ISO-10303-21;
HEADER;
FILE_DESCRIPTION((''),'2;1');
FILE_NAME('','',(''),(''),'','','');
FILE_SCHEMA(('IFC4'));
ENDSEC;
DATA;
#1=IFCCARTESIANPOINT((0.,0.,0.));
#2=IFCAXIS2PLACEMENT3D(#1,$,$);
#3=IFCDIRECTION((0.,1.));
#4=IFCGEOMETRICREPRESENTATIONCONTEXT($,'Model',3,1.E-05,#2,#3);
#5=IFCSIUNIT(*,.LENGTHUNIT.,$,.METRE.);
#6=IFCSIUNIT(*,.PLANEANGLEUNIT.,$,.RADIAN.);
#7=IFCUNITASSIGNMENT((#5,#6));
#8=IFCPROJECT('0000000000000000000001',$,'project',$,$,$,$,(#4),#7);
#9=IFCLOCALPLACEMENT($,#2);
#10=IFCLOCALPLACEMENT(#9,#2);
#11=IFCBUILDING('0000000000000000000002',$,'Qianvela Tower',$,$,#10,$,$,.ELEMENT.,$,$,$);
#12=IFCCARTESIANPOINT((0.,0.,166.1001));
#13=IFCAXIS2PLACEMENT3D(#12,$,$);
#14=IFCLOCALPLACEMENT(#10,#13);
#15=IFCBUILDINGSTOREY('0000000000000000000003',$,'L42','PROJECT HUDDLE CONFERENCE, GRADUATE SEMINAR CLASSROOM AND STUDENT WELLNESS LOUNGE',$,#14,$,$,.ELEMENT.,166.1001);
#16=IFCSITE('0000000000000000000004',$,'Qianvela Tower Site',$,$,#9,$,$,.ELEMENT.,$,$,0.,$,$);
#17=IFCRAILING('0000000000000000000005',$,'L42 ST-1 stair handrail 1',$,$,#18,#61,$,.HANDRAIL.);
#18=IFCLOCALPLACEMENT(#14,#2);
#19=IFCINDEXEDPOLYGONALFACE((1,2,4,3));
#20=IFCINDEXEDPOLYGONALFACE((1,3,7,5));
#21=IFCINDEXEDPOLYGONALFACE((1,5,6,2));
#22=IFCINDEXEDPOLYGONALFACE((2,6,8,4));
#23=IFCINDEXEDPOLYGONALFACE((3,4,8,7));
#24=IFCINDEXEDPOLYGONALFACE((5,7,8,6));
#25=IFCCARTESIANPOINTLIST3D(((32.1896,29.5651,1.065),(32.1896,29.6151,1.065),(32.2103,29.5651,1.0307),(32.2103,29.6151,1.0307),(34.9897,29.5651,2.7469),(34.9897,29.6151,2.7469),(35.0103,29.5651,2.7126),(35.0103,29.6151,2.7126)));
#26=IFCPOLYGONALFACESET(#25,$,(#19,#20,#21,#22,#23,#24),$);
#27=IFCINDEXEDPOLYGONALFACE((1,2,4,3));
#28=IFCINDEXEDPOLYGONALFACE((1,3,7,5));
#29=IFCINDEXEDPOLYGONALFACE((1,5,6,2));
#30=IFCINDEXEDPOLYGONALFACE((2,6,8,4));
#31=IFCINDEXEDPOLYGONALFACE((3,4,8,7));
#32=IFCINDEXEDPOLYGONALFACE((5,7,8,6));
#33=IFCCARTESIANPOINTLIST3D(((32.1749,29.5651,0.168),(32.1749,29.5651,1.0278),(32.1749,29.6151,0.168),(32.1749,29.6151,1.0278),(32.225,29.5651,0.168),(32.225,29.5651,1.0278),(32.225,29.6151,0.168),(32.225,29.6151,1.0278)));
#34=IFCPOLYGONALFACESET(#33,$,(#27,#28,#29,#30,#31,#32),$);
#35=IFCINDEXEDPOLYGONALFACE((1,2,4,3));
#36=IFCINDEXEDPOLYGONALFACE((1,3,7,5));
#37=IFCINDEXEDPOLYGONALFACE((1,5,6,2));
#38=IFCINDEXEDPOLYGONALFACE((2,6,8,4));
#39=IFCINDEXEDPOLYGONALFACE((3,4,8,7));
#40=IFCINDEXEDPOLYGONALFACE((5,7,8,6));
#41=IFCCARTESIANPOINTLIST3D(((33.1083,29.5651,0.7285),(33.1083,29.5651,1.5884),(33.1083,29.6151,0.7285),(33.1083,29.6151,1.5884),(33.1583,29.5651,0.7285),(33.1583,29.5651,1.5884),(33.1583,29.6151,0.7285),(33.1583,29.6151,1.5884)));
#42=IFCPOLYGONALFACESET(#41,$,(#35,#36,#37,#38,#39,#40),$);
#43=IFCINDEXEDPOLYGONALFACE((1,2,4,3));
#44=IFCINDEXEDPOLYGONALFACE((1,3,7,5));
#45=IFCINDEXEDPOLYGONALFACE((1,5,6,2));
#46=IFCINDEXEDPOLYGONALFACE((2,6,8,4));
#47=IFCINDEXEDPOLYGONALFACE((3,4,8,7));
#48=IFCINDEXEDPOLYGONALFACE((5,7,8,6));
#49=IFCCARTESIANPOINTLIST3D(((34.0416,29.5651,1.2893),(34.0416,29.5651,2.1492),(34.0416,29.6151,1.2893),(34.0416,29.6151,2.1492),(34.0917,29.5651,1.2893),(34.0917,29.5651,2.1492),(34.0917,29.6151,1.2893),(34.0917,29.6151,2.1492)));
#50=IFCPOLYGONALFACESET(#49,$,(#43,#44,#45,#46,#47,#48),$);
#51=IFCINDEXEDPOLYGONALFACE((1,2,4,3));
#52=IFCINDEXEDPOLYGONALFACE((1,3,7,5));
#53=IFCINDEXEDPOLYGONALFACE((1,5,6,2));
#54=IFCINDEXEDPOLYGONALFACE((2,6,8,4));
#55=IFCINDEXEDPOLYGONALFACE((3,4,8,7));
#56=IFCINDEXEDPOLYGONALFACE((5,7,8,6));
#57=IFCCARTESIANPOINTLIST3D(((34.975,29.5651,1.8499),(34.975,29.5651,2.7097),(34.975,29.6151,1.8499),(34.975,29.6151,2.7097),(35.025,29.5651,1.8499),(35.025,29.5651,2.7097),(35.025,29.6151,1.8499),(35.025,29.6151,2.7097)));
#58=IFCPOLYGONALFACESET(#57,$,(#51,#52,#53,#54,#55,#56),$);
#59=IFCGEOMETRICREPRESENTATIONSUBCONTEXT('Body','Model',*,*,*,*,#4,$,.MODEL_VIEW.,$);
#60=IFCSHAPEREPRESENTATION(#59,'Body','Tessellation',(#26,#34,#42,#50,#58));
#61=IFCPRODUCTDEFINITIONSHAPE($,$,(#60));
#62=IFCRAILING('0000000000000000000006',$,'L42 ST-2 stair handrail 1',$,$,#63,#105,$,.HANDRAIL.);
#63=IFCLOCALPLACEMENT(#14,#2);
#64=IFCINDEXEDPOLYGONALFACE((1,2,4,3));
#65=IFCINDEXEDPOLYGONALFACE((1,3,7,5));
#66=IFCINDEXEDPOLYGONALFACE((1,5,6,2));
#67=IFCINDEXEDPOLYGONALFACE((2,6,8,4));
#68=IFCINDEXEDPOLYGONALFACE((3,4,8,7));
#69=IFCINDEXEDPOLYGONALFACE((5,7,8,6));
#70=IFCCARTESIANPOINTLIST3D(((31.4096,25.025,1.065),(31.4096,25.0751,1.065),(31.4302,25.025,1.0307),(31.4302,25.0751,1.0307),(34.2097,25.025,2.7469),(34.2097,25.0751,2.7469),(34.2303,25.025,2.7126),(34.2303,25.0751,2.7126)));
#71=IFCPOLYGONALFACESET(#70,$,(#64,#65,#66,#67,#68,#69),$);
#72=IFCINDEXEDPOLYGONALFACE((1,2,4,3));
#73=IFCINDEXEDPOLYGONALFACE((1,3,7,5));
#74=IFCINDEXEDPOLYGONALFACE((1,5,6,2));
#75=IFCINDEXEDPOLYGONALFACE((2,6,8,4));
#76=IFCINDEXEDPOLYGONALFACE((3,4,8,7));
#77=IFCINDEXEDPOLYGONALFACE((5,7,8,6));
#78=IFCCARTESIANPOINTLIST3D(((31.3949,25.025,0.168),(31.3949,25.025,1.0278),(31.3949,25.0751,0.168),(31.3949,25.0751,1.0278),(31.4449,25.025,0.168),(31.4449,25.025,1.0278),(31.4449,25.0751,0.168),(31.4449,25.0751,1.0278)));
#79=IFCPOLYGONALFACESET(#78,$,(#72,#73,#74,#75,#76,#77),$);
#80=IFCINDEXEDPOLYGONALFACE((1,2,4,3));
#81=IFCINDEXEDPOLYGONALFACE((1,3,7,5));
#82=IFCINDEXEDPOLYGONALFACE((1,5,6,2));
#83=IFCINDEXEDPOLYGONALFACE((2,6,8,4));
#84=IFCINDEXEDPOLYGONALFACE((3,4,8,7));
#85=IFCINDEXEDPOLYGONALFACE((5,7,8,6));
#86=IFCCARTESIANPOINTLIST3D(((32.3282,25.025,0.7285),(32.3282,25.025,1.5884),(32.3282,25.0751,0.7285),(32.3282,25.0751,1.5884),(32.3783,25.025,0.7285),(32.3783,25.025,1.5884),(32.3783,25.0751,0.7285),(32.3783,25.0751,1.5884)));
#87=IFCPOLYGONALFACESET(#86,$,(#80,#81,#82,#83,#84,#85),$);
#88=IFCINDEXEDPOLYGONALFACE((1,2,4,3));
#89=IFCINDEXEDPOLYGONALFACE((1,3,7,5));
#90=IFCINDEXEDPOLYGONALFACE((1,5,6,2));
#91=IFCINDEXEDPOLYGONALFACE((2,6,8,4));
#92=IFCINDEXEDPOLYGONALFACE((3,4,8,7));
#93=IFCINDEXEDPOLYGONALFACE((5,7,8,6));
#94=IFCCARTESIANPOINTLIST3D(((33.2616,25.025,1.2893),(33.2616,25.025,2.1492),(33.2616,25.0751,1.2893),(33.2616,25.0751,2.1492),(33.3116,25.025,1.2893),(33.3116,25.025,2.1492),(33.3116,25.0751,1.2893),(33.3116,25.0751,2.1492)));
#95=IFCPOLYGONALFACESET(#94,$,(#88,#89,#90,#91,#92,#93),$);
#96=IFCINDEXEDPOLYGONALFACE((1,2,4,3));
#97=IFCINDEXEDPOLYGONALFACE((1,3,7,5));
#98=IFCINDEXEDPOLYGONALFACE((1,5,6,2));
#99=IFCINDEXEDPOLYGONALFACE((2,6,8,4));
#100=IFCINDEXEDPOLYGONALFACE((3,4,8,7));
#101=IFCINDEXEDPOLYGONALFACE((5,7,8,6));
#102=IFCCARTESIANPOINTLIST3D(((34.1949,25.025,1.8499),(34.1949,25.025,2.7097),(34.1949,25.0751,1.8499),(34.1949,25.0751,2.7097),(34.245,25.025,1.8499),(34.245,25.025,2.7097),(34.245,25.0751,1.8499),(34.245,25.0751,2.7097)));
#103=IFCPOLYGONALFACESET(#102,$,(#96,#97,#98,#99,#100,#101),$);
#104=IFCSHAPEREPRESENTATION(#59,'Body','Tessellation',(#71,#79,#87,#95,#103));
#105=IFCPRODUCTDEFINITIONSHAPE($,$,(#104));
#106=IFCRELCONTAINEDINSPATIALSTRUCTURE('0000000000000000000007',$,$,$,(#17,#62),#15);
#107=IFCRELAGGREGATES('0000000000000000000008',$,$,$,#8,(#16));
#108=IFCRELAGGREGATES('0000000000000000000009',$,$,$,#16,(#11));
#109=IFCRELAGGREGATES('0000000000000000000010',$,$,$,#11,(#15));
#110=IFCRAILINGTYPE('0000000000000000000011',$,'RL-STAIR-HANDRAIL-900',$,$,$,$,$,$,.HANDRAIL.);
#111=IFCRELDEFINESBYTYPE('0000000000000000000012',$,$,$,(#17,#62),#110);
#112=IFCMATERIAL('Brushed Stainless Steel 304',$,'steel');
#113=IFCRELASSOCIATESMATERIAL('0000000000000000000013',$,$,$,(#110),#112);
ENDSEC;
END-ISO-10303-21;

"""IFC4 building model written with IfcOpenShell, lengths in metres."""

from ifc_helpers import new_model, si_unit, direction, frame, origin, origin_2d, place, context, subcontext, project, spatial, rectangle, extrude, material, type_object, element, save


model = new_model("IFC4")

# Units and contexts
model_context = context("Model", 3, precision=1e-05, world=origin(), true_north=direction((0.0, 1.0)))
body_context = subcontext(model_context, "Body", "Model", "MODEL_VIEW")
ifc_project = project(units=[si_unit("LENGTHUNIT", "METRE"), si_unit("PLANEANGLEUNIT", "RADIAN")], contexts=[model_context])

# Site, building, storey
site_placement = place(None, origin())
site = spatial("IfcSite", under=ifc_project, at=site_placement, Name="Qianvela Tower Site", CompositionType="ELEMENT", RefElevation=0.0)
building_placement = place(site_placement, origin())
building = spatial("IfcBuilding", under=site, at=building_placement, Name="Qianvela Tower", CompositionType="ELEMENT")
storey_placement = place(building_placement, frame((0.0, 0.0, 166.1001)))
storey = spatial("IfcBuildingStorey", under=building, at=storey_placement, Name="L42", Description="PROJECT HUDDLE CONFERENCE, GRADUATE SEMINAR CLASSROOM AND STUDENT WELLNESS LOUNGE", CompositionType="ELEMENT", Elevation=166.1001)

# Railings
ifc_material_1 = material(Name="Brushed Stainless Steel 304", Category="steel")
railing_type_1 = type_object("IfcRailingType", Name="RL-STAIR-HANDRAIL-900", PredefinedType="HANDRAIL", material=ifc_material_1)
for number, where, name in (
    (1, (32.2, 29.5901, 0.168), "L42 ST-1 stair handrail 1"),
    (2, (31.4199, 25.05, 0.168), "L42 ST-2 stair handrail 1"),
):
    element("IfcRailing", number, at=place(storey_placement, frame(where)), inside=storey, type_object=railing_type_1, Name=name, PredefinedType="HANDRAIL", context=body_context, shape_type="SweptSolid", body=[
        extrude(rectangle(XDim=0.05, YDim=0.04, at=origin_2d()), frame((0.0, 0.0, 0.8799), z_axis=(0.857242, 0.0, 0.514913), x_axis=(0.0, 1.0, 0.0)), (0.0, 0.0, 1.0), 3.2664),
        extrude(rectangle(XDim=0.05, YDim=0.05, at=origin_2d()), origin(), (0.0, 0.0, 1.0), 0.8599),
        extrude(rectangle(XDim=0.05, YDim=0.05, at=origin_2d()), frame((0.9333, 0.0, 0.5605)), (0.0, 0.0, 1.0), 0.8599),
        extrude(rectangle(XDim=0.05, YDim=0.05, at=origin_2d()), frame((1.8667, 0.0, 1.1213)), (0.0, 0.0, 1.0), 0.8599),
        extrude(rectangle(XDim=0.05, YDim=0.05, at=origin_2d()), frame((2.8, 0.0, 1.6819)), (0.0, 0.0, 1.0), 0.8599),
    ])

save(model, "model.ifc")
